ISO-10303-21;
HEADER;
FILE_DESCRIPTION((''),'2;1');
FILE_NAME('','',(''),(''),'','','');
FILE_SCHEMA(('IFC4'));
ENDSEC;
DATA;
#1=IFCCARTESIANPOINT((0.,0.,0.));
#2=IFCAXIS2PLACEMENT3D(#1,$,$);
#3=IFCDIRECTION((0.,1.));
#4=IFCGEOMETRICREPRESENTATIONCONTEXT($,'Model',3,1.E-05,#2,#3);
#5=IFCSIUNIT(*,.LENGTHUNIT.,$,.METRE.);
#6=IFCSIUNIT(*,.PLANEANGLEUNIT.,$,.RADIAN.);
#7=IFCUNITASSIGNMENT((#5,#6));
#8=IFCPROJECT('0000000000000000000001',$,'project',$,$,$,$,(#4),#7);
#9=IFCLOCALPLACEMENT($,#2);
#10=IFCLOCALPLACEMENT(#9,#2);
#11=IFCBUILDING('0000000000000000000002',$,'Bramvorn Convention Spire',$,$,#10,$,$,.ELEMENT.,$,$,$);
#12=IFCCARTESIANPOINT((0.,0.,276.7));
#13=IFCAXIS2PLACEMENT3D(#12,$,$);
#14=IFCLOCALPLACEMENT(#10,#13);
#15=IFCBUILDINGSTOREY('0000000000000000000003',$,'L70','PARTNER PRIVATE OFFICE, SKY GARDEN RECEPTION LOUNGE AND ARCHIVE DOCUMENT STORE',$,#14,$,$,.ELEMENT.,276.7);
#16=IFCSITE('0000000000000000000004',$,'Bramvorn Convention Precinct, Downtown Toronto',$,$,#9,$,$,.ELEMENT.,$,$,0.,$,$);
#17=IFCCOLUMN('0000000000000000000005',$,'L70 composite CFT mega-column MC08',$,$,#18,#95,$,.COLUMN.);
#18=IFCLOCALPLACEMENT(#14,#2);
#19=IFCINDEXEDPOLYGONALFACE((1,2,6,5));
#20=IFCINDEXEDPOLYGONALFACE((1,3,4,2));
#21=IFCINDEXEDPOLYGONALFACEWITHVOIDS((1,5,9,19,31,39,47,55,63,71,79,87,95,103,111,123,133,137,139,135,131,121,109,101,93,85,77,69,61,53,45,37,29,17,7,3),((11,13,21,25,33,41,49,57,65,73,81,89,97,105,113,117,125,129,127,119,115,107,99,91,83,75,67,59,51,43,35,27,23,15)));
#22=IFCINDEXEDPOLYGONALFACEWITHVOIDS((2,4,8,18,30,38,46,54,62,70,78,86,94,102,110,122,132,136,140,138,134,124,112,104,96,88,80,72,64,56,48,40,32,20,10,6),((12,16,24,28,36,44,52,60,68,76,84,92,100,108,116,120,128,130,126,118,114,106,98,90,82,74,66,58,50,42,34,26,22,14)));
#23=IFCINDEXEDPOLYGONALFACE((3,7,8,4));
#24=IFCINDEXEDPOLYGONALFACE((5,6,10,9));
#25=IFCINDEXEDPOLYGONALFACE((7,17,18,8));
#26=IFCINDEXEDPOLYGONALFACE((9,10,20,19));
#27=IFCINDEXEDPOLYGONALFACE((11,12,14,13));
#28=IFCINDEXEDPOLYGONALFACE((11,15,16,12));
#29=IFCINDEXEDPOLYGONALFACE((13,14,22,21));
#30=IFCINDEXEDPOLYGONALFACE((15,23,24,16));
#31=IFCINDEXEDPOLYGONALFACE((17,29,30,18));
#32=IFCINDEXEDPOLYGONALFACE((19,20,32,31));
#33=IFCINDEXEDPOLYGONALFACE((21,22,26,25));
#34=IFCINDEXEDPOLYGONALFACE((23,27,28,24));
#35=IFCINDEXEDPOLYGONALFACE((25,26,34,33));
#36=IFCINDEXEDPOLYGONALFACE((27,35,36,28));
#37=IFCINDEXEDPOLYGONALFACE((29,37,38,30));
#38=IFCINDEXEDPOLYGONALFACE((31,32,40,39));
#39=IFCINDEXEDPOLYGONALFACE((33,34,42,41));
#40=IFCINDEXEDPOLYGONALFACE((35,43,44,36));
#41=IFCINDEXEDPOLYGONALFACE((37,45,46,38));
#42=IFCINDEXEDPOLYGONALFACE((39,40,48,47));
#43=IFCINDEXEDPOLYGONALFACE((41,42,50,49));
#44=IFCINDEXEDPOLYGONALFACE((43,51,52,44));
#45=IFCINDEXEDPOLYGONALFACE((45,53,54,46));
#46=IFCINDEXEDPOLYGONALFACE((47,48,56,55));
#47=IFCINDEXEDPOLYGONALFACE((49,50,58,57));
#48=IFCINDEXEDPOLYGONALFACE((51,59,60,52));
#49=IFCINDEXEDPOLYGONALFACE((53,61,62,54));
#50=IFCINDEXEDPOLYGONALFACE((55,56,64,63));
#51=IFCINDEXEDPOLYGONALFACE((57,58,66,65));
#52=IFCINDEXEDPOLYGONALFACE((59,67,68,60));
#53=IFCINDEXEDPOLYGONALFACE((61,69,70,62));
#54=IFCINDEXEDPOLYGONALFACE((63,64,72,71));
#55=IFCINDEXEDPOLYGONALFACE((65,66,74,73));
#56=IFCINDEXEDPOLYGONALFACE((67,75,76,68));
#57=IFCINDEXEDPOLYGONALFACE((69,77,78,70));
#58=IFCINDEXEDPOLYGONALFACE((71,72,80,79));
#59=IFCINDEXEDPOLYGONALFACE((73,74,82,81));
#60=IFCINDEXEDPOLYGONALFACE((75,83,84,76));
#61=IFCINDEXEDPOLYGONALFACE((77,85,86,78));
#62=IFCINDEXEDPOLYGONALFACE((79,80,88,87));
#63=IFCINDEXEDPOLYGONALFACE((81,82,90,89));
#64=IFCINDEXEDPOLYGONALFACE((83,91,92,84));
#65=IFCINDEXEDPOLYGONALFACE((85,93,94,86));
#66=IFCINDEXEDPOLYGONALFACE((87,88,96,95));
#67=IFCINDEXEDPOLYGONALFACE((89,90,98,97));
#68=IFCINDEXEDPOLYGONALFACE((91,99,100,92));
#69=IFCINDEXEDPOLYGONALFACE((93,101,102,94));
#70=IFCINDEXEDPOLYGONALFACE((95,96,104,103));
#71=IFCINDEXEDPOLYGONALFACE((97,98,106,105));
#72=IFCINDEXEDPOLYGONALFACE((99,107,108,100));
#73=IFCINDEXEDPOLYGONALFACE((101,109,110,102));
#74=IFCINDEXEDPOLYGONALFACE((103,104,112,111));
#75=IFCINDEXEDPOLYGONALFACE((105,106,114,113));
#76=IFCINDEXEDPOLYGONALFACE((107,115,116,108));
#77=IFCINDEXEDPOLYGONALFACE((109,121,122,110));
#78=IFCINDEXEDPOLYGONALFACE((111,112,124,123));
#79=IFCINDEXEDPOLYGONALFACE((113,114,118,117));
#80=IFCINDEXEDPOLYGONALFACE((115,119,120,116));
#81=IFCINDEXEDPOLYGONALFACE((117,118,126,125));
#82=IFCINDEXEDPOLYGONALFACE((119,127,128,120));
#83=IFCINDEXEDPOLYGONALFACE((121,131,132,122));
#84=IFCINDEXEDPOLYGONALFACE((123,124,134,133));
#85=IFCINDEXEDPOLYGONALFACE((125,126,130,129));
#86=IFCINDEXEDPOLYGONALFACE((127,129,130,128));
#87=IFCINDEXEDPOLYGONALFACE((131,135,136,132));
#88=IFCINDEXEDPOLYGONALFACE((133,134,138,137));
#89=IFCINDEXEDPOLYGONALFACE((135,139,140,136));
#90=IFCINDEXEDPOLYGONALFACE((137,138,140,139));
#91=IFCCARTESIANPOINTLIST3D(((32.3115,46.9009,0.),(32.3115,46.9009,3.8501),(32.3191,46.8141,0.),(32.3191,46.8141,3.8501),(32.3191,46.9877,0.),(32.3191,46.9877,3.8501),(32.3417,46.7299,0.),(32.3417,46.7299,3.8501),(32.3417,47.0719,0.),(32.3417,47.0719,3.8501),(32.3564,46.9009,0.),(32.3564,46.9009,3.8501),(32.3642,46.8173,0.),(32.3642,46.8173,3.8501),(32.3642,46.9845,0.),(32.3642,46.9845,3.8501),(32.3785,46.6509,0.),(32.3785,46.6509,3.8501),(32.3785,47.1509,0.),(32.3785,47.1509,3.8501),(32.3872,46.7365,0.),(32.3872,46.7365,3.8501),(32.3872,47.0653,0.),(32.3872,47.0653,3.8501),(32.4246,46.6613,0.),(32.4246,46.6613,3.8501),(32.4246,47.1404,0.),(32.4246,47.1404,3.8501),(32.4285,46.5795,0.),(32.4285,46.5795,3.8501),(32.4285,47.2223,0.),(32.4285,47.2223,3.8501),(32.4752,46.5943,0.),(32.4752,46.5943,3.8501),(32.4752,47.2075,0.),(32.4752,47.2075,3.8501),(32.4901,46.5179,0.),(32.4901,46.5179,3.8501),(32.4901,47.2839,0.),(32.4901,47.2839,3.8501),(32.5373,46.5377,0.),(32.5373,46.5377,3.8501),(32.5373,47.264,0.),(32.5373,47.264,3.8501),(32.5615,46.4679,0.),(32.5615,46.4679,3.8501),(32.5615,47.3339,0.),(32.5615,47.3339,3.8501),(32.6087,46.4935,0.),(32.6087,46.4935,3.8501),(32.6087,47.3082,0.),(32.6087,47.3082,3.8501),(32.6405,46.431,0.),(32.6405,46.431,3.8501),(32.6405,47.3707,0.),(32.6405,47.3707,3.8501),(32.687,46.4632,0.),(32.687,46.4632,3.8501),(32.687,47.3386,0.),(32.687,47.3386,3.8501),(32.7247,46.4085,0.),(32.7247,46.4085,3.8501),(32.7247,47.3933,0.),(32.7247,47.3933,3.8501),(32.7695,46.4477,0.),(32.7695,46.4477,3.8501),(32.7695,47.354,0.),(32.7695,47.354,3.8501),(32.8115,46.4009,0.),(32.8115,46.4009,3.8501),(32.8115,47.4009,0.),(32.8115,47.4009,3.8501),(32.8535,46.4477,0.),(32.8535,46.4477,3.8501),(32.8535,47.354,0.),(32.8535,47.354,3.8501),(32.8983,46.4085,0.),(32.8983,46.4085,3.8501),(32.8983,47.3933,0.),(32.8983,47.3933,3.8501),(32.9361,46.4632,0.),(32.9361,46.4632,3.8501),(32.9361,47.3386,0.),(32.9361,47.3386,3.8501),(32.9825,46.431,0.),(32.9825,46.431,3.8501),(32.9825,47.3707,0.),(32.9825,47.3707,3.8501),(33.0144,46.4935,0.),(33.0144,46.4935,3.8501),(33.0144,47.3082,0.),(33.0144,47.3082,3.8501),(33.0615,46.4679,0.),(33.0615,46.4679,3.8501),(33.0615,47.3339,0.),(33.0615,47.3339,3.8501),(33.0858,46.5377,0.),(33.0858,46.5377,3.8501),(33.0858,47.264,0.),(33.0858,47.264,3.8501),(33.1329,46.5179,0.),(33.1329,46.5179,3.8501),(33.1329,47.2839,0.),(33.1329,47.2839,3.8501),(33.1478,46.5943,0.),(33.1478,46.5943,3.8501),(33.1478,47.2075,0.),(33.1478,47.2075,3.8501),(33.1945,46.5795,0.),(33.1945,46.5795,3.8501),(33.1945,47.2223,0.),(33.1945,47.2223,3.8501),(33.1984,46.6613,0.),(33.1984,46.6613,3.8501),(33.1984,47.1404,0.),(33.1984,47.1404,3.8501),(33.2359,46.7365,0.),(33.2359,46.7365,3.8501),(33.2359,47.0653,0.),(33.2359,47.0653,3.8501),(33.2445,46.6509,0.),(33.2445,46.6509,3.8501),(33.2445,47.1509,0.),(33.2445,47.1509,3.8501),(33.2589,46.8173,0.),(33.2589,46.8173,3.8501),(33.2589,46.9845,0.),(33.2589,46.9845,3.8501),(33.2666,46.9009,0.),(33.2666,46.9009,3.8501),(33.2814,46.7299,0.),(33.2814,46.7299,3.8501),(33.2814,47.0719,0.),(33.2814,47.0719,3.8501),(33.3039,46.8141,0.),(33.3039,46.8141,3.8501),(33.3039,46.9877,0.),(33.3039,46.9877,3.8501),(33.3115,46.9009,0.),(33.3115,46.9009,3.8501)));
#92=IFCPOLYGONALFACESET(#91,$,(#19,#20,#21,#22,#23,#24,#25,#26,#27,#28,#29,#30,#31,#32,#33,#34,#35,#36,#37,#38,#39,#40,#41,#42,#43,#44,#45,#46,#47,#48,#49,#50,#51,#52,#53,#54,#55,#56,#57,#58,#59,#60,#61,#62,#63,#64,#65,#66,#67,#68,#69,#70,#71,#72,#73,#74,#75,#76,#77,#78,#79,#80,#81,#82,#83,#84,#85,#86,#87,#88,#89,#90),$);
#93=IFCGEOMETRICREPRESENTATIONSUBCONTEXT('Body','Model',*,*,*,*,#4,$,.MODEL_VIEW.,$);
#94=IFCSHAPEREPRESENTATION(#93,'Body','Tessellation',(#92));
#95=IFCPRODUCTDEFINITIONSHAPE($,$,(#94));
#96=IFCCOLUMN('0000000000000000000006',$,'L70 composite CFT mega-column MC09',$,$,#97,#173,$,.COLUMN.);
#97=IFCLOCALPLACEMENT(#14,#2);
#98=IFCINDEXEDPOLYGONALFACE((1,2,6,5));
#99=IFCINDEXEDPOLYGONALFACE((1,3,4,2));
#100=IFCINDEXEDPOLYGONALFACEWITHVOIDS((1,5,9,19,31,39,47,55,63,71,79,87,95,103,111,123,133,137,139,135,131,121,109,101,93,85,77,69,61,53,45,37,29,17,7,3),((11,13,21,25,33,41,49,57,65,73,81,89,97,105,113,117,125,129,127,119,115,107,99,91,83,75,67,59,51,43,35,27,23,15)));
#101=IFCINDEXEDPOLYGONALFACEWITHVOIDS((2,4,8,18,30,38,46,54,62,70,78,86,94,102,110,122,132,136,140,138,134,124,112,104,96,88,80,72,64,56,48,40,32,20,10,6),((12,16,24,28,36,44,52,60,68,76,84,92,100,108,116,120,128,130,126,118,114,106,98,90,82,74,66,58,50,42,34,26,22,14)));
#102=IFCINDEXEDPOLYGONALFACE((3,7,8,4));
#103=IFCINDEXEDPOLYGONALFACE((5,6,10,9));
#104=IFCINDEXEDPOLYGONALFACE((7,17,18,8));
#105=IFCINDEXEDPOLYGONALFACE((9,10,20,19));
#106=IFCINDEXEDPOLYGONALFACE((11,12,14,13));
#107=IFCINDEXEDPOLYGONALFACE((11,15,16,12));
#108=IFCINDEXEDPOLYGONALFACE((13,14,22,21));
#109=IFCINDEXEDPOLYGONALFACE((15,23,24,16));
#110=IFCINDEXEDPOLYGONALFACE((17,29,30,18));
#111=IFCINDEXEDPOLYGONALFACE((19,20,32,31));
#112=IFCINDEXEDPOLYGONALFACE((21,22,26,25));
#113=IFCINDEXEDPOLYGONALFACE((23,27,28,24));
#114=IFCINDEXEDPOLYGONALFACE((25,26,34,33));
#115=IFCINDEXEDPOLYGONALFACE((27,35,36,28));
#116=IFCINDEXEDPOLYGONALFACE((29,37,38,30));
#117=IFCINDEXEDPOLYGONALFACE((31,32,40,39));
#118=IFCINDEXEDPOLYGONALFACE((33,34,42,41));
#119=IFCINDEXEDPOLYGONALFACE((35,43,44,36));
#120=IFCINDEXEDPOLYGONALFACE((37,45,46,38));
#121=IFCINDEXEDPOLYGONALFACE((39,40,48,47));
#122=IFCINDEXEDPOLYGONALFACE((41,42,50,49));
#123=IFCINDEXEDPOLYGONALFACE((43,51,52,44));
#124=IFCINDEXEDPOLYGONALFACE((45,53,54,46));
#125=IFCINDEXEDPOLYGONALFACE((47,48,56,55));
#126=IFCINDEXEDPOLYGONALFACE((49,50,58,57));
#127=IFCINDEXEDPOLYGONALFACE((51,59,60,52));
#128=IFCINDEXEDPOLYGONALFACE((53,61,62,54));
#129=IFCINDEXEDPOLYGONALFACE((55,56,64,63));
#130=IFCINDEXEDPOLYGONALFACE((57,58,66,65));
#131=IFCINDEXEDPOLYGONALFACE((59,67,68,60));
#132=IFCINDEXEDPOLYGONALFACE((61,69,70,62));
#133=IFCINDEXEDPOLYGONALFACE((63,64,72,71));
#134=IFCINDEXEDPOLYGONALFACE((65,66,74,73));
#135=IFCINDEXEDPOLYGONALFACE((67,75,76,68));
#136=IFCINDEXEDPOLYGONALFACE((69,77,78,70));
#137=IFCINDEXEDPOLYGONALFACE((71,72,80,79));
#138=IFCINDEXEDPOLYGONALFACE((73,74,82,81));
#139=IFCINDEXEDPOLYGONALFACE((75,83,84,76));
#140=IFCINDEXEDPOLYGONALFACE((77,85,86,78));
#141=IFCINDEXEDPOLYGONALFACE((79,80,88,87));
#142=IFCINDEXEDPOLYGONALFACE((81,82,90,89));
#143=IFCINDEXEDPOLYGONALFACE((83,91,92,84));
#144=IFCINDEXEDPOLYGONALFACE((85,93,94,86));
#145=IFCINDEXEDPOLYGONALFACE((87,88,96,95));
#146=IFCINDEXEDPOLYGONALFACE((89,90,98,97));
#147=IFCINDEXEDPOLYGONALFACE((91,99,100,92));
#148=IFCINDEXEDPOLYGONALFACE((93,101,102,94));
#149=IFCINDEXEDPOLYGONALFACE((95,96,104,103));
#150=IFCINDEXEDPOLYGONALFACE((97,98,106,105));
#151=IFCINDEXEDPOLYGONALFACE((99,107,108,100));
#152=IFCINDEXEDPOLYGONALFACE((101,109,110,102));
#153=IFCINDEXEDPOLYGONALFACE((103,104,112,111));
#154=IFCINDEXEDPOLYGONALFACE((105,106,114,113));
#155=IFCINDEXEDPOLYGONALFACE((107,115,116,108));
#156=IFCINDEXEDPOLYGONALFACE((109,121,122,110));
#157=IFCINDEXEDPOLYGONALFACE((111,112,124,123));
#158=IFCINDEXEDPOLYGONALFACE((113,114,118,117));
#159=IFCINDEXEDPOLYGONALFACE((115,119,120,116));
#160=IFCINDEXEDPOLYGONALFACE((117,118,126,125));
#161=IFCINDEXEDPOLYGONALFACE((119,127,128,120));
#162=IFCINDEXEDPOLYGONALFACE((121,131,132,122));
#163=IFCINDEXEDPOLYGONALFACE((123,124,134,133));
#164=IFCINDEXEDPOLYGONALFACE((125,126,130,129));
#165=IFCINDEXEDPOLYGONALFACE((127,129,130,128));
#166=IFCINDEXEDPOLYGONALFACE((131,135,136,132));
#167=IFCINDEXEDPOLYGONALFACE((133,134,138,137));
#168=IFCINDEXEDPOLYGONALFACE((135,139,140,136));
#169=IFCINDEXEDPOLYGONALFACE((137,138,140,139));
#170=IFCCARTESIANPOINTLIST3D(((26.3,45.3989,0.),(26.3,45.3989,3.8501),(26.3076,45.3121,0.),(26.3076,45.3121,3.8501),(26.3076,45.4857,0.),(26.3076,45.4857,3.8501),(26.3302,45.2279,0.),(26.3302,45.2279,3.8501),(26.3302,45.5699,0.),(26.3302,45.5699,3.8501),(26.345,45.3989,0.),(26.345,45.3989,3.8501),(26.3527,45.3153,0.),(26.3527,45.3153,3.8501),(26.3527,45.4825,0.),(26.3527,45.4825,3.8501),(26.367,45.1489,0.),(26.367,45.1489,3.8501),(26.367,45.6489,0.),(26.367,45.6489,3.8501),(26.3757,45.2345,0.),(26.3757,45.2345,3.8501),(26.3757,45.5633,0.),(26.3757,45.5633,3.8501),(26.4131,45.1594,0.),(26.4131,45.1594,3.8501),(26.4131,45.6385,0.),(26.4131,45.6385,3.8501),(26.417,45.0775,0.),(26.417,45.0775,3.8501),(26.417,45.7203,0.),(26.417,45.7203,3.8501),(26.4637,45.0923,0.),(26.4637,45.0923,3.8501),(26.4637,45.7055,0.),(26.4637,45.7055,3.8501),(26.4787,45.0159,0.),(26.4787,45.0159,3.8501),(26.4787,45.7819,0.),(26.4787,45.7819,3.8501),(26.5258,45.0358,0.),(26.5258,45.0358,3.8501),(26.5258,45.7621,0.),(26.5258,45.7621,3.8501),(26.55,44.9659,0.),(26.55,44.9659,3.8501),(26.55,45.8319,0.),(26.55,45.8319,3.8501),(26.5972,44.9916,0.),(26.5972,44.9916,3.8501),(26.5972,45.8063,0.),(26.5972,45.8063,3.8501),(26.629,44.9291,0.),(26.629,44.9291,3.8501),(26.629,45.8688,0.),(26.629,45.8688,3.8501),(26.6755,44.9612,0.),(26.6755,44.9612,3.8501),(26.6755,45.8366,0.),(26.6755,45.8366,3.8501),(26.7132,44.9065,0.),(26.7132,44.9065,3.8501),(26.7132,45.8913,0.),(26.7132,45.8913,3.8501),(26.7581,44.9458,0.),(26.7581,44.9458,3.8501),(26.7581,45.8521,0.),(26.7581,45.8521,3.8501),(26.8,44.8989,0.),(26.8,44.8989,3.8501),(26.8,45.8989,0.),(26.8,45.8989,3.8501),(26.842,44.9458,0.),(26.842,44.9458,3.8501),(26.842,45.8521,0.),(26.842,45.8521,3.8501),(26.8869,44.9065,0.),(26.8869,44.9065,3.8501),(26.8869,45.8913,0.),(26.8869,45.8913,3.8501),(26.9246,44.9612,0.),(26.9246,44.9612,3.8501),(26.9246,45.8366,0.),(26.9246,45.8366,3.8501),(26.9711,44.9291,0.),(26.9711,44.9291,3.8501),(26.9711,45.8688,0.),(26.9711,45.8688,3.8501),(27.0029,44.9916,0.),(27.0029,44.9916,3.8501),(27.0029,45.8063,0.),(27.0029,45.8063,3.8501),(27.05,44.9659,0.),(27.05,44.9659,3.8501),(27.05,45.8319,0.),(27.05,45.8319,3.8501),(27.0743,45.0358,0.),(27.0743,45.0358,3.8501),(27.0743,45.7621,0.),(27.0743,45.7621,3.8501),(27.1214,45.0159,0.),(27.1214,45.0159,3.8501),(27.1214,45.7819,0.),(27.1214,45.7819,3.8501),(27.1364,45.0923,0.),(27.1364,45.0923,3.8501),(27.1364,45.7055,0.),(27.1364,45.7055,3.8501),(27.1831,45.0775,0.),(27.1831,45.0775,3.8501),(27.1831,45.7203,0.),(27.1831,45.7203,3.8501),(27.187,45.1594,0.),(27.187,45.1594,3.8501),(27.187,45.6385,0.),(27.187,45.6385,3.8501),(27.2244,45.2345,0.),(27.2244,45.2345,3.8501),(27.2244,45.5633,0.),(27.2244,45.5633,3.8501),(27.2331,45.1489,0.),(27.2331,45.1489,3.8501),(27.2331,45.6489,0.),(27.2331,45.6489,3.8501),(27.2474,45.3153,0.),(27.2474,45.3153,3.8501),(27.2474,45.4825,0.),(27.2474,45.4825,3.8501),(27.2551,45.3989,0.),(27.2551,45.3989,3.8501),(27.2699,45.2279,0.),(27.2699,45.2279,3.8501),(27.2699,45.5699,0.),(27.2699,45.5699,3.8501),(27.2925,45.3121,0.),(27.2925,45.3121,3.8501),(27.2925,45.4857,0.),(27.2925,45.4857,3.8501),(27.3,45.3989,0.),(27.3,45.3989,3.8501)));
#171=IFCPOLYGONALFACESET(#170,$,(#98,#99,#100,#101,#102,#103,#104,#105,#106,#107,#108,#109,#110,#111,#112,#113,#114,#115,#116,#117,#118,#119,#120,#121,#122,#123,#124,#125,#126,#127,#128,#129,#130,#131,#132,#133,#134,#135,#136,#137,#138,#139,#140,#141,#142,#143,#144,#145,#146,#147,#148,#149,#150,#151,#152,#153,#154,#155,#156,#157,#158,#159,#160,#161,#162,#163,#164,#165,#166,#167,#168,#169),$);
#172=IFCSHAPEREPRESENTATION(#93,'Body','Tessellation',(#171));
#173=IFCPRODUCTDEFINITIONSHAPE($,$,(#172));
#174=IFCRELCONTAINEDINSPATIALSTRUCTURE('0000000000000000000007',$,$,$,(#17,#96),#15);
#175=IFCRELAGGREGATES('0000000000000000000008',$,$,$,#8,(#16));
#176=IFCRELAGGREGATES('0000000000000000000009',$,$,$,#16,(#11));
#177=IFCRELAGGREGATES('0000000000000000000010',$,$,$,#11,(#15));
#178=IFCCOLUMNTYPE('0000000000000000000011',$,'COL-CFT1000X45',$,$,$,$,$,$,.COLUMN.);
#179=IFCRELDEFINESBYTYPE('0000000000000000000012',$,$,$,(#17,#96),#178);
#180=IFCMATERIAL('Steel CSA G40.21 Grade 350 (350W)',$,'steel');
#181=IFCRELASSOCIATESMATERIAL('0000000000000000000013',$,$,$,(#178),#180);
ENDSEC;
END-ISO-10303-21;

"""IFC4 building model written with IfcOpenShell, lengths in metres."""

from ifc_helpers import new_model, si_unit, direction, frame, origin, origin_2d, place, context, subcontext, project, spatial, hollow_circle, extrude, material, material_profile, profile_set, type_object, element, save


model = new_model("IFC4")

# Units and contexts
model_context = context("Model", 3, precision=1e-05, world=origin(), true_north=direction((0.0, 1.0)))
body_context = subcontext(model_context, "Body", "Model", "MODEL_VIEW")
ifc_project = project(units=[si_unit("LENGTHUNIT", "METRE"), si_unit("PLANEANGLEUNIT", "RADIAN")], contexts=[model_context])

# Site, building, storey
site_placement = place(None, origin())
site = spatial("IfcSite", under=ifc_project, at=site_placement, Name="Bramvorn Convention Precinct, Downtown Toronto", CompositionType="ELEMENT", RefElevation=0.0)
building_placement = place(site_placement, origin())
building = spatial("IfcBuilding", under=site, at=building_placement, Name="Bramvorn Convention Spire", CompositionType="ELEMENT")
storey_placement = place(building_placement, frame((0.0, 0.0, 276.7)))
storey = spatial("IfcBuildingStorey", under=building, at=storey_placement, Name="L70", Description="PARTNER PRIVATE OFFICE, SKY GARDEN RECEPTION LOUNGE AND ARCHIVE DOCUMENT STORE", CompositionType="ELEMENT", Elevation=276.7)

# Columns
ifc_material_1 = material(Name="Steel CSA G40.21 Grade 350 (350W)", Category="steel")
ifc_material_profile_1 = material_profile(ifc_material_1, hollow_circle(Radius=0.5, WallThickness=0.0449, at=origin_2d()))
ifc_profile_set_1 = profile_set([ifc_material_profile_1], Name="Steel CSA G40.21 Grade 350 (350W) - CFT1000X45")
column_type = type_object("IfcColumnType", Name="COL-CFT1000X45", PredefinedType="COLUMN", material=ifc_profile_set_1)
for number, where, z_axis, x_axis, name in (
    (1, (32.8115, 46.9009, 0.0), (0.0, 0.0, 1.0), (1.0, 0.0, 0.0), "L70 composite CFT mega-column MC08"),
    (2, (26.8, 45.3989, 0.0), (0.0, 0.0, 1.0), (1.0, 0.0, 0.0), "L70 composite CFT mega-column MC09"),
):
    element("IfcColumn", number, at=place(storey_placement, frame(where, z_axis=z_axis, x_axis=x_axis)), inside=storey, type_object=column_type, Name=name, PredefinedType="COLUMN", context=body_context, shape_type="SweptSolid", body=[
        extrude(hollow_circle(Radius=0.5, WallThickness=0.0449, at=origin_2d()), origin(), (0.0, 0.0, 1.0), 3.8501),
    ])

save(model, "model.ifc")
